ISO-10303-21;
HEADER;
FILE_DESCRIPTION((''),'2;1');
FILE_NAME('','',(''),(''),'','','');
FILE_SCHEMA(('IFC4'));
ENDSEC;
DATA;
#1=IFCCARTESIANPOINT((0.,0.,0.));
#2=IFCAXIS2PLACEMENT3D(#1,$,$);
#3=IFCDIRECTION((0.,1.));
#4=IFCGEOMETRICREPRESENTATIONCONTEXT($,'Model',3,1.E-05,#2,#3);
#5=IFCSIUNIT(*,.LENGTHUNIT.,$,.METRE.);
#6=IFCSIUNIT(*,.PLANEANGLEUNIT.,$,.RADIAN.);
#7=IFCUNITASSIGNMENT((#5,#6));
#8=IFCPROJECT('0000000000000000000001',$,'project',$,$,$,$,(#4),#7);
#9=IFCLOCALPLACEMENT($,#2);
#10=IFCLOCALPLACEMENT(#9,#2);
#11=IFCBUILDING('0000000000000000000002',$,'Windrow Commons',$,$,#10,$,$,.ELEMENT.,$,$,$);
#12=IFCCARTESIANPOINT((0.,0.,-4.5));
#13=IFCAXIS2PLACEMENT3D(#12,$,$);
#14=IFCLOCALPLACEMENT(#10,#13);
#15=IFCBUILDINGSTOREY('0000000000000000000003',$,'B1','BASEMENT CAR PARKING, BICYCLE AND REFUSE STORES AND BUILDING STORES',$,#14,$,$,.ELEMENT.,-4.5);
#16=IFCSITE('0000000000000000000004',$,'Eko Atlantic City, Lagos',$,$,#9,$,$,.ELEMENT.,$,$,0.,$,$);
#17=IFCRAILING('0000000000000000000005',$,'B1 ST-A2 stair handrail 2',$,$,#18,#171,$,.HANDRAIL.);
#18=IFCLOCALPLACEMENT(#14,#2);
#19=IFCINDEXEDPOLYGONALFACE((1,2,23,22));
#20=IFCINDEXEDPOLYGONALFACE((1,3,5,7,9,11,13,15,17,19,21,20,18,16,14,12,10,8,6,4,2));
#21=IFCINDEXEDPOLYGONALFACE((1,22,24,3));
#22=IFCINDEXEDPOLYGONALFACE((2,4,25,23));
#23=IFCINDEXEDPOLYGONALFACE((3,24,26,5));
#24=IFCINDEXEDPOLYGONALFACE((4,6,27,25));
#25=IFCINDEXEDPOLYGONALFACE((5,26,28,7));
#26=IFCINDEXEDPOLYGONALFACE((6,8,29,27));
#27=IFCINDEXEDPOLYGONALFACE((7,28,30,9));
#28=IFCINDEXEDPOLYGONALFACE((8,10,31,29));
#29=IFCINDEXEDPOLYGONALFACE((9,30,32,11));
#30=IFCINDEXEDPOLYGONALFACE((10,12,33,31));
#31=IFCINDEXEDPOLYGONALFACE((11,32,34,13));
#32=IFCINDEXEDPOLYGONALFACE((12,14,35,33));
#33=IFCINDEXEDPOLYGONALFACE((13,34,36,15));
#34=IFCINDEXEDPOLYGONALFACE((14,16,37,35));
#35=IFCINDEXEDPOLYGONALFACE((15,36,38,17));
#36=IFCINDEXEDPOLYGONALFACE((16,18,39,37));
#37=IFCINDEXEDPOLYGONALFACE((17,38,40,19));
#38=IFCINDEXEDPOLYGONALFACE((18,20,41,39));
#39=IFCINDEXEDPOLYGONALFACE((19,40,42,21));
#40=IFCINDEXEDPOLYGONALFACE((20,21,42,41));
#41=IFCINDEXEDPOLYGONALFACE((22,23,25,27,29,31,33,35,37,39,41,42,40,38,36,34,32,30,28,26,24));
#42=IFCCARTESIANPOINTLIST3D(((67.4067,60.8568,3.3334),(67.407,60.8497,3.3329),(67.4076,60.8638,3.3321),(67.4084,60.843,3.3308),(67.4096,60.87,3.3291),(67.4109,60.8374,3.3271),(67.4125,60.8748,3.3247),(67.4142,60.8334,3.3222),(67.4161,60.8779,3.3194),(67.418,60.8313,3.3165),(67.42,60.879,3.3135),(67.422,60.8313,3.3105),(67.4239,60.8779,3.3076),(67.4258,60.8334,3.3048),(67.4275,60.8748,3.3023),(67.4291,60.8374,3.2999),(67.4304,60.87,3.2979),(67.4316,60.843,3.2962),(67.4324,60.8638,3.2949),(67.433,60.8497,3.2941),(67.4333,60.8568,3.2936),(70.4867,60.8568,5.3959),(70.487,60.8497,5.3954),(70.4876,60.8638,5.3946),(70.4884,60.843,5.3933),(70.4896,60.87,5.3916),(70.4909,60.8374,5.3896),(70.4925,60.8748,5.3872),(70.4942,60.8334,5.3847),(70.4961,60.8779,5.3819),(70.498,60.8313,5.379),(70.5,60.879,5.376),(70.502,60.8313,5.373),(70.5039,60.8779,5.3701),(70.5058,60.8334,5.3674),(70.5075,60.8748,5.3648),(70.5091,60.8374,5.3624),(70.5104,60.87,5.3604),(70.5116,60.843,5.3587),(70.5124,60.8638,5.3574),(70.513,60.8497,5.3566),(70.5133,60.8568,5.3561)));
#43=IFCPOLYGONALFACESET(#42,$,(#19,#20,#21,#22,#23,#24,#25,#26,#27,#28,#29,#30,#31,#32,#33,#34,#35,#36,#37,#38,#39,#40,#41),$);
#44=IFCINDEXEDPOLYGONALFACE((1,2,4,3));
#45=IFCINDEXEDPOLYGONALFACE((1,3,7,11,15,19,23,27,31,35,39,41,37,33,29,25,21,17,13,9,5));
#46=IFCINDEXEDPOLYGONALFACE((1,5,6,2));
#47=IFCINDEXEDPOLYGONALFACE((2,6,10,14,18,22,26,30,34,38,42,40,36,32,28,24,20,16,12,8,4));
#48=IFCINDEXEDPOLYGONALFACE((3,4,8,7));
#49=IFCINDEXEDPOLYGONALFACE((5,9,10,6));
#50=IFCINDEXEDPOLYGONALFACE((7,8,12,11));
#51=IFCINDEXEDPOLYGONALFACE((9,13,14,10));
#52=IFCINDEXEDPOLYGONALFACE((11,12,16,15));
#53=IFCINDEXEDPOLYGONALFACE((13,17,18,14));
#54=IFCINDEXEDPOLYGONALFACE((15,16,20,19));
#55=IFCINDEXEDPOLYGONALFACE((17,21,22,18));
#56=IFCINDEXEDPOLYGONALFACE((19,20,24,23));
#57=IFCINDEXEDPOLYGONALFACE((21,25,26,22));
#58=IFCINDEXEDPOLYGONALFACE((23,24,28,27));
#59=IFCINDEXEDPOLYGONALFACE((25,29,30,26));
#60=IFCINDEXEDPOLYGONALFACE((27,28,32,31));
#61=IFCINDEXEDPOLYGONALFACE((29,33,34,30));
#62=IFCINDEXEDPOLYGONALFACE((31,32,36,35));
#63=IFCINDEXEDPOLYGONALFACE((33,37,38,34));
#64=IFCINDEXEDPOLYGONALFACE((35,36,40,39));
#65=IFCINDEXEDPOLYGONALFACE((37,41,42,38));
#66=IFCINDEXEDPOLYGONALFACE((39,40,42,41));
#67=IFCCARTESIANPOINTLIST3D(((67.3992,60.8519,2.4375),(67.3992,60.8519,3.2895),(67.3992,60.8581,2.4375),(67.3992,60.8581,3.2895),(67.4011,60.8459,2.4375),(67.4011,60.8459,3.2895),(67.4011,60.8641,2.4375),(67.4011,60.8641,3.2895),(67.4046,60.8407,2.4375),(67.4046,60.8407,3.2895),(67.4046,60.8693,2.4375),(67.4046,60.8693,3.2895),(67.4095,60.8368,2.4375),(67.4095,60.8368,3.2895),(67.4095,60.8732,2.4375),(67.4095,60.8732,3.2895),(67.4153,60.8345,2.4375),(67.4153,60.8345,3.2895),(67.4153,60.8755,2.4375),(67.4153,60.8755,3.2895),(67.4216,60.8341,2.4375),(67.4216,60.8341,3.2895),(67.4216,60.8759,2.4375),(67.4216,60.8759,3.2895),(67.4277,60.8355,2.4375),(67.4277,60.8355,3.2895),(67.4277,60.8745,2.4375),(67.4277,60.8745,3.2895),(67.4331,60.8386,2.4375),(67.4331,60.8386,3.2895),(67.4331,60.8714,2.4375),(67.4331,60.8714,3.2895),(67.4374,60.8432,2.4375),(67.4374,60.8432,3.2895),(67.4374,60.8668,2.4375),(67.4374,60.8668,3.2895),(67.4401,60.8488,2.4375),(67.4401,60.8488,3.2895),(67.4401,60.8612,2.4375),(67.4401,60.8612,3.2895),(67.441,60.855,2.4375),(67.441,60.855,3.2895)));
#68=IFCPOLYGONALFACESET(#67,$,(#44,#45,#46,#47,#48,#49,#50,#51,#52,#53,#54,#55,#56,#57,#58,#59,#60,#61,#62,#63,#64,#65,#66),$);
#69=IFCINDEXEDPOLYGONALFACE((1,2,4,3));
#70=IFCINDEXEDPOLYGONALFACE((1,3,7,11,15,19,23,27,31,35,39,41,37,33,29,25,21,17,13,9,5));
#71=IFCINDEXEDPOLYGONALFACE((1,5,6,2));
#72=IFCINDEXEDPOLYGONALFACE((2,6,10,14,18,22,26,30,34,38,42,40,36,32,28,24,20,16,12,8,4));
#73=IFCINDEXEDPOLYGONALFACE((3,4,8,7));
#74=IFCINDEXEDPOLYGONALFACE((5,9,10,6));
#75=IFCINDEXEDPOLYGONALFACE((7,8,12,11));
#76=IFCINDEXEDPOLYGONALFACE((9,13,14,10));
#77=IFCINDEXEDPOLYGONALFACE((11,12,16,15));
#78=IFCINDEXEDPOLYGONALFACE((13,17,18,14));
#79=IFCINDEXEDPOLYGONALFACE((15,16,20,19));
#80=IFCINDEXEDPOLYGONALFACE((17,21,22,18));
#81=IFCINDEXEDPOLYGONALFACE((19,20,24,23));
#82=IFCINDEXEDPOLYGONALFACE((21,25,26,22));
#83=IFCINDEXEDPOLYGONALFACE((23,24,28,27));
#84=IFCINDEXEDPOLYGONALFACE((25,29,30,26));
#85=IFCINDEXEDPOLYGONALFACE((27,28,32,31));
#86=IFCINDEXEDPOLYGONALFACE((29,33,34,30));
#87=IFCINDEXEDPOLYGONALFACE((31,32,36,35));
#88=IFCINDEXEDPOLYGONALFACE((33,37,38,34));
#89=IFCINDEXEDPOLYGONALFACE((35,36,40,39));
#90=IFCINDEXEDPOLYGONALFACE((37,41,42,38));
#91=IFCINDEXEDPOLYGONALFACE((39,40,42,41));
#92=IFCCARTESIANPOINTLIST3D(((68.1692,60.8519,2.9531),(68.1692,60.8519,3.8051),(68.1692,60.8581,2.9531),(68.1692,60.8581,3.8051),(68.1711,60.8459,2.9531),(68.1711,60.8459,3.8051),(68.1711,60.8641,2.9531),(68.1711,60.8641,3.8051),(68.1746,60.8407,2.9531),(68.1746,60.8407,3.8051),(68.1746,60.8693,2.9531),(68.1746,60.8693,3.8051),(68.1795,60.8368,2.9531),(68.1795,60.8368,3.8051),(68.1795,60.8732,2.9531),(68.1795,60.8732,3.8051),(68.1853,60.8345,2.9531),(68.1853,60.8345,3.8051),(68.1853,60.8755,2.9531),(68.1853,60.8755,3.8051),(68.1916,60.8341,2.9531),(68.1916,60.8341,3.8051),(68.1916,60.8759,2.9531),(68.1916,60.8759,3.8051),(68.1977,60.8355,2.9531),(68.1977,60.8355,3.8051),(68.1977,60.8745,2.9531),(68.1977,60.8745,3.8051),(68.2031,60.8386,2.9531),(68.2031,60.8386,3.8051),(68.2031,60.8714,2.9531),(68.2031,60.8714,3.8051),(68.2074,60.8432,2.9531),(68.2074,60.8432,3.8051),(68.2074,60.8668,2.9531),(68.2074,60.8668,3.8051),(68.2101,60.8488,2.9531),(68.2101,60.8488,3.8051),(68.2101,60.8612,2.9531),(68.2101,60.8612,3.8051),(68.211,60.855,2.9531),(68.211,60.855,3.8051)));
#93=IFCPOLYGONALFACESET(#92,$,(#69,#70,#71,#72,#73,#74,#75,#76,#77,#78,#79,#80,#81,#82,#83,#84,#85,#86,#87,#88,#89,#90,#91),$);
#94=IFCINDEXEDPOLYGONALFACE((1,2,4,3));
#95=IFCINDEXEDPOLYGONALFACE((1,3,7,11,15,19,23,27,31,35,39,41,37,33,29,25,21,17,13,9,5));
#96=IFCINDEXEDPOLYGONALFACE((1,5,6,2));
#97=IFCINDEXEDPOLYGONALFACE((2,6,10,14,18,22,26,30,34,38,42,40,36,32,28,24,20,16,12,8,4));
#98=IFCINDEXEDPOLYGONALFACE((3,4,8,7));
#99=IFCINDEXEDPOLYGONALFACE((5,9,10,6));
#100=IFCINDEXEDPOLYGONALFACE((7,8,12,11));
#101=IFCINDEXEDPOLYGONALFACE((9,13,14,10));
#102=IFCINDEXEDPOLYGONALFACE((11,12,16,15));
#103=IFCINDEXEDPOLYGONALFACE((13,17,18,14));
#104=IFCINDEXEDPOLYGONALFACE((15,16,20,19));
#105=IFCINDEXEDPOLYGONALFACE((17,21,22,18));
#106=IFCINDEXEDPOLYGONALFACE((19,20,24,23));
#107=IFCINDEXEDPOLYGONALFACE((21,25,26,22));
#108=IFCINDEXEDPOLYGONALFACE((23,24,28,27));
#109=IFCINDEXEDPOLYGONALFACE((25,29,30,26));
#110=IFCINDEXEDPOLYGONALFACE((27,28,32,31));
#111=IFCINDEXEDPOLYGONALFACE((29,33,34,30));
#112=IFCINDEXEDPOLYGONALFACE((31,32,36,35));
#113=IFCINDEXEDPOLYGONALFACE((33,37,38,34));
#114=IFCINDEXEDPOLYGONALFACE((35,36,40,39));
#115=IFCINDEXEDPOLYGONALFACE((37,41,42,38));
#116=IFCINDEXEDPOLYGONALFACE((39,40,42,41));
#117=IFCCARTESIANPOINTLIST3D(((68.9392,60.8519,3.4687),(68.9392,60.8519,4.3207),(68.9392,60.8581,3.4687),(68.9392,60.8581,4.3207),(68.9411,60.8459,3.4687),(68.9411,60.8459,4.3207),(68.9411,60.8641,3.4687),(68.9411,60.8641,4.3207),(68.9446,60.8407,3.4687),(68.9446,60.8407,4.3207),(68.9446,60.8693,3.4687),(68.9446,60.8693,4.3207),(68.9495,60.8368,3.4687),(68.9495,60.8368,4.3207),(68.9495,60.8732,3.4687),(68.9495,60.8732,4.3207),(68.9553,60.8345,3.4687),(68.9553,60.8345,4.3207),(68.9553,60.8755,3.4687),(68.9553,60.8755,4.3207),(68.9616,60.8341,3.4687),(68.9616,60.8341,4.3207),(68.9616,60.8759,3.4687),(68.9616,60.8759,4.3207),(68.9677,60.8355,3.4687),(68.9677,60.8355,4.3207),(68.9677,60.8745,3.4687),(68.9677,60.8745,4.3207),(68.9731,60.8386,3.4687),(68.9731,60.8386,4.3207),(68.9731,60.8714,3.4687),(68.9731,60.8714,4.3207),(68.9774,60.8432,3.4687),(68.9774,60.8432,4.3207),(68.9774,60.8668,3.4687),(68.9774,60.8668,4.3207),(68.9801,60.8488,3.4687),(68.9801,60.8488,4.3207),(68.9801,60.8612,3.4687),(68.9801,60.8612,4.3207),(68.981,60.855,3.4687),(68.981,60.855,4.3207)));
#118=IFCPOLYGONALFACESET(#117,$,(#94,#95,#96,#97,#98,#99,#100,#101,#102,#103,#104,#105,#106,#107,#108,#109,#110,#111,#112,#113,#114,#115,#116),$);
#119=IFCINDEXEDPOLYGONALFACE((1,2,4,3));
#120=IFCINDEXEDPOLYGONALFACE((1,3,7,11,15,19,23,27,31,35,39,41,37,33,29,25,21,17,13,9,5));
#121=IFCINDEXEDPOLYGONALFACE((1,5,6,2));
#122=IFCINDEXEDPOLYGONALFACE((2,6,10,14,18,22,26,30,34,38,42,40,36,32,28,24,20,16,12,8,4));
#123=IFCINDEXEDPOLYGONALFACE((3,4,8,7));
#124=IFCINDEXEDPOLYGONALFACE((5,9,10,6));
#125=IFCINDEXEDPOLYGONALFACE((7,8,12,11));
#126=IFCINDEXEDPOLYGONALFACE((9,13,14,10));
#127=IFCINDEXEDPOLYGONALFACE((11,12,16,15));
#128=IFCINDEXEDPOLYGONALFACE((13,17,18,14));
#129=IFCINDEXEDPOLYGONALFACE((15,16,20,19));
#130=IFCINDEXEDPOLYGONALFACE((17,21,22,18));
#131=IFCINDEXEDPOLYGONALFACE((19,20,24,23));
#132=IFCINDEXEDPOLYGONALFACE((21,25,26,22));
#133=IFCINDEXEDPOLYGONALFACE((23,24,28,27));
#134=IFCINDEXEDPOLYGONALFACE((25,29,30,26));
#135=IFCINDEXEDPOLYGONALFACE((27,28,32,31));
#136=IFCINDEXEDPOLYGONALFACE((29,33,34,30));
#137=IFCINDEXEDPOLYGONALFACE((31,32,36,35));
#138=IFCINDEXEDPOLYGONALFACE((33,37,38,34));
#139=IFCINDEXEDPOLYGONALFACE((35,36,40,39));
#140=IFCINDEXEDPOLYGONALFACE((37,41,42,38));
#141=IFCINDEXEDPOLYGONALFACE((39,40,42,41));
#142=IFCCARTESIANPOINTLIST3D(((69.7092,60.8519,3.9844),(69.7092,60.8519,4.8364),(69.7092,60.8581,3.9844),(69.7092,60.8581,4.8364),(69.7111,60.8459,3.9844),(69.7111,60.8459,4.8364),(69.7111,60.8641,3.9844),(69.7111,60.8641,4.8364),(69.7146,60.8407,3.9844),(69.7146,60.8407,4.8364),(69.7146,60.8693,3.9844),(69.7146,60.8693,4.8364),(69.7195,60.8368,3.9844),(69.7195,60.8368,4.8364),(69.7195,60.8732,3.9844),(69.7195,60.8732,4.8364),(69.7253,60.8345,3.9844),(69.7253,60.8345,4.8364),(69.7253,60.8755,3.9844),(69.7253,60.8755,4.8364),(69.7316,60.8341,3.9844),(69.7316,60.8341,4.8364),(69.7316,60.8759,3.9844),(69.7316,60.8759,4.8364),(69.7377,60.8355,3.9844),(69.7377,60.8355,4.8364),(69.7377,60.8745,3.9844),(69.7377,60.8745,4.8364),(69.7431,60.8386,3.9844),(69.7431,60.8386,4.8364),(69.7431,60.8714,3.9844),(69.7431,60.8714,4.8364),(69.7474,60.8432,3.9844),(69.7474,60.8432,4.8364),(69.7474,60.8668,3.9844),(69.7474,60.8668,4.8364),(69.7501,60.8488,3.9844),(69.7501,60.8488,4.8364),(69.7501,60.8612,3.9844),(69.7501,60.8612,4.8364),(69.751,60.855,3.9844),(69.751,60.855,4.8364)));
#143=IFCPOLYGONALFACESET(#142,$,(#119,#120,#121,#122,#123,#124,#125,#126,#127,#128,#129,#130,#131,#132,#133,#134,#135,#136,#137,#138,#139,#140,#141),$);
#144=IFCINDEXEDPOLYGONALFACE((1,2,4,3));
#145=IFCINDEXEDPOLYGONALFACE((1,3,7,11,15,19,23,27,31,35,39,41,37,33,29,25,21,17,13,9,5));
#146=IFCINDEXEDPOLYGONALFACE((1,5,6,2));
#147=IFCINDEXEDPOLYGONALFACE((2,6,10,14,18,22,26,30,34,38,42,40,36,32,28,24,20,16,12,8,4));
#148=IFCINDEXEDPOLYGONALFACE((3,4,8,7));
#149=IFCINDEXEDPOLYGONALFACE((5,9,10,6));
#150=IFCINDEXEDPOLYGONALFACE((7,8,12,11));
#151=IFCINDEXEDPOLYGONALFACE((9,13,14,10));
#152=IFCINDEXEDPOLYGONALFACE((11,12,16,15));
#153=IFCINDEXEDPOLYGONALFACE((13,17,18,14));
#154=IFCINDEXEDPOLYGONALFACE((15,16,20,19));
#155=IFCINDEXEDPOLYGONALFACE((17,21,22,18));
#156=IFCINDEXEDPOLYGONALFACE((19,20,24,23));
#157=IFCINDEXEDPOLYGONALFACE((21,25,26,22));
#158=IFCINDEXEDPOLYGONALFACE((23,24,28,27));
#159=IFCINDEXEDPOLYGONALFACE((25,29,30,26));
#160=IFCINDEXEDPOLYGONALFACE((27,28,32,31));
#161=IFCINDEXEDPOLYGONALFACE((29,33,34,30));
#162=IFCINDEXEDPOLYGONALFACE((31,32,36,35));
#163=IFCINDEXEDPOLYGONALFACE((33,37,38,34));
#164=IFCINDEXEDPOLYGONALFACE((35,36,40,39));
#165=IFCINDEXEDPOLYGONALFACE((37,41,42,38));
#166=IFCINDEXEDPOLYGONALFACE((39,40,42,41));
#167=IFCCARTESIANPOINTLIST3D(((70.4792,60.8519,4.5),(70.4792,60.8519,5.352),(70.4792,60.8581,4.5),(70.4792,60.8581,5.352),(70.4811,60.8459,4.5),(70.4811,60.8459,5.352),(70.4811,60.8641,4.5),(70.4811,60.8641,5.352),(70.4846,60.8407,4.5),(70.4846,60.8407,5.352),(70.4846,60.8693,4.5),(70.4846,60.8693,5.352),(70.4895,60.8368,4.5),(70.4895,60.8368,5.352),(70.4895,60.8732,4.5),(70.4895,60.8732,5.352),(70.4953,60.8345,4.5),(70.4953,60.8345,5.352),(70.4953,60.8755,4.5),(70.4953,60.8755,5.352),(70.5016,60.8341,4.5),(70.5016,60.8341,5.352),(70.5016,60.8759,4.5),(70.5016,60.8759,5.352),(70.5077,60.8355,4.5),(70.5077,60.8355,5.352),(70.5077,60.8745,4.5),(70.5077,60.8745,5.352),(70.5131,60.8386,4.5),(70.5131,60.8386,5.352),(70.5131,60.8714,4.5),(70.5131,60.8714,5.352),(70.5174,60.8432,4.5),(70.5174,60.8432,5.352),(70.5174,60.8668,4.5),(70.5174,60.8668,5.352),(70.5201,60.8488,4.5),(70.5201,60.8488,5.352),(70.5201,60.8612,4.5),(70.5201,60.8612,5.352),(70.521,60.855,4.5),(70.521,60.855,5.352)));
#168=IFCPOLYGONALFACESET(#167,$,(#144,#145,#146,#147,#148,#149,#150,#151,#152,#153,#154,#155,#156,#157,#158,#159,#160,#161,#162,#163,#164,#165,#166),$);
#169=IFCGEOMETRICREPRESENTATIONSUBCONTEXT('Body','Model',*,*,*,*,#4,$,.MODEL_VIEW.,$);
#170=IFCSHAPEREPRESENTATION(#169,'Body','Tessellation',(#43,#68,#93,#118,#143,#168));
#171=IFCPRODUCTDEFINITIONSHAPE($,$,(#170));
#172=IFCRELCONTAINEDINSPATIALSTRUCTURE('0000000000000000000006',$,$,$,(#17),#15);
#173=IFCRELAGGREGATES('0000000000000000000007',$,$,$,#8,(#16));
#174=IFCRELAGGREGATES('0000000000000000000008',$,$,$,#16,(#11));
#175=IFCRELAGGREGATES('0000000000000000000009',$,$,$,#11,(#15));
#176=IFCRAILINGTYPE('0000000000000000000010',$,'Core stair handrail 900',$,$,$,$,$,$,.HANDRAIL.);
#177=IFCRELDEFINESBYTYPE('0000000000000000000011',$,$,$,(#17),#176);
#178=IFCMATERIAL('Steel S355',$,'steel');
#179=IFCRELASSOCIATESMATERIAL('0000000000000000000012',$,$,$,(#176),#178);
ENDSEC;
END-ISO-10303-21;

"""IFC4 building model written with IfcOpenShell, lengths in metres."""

from ifc_helpers import new_model, si_unit, direction, frame, origin, origin_2d, place, context, subcontext, project, spatial, circle, extrude, material, type_object, element, save


model = new_model("IFC4")

# Units and contexts
model_context = context("Model", 3, precision=1e-05, world=origin(), true_north=direction((0.0, 1.0)))
body_context = subcontext(model_context, "Body", "Model", "MODEL_VIEW")
ifc_project = project(units=[si_unit("LENGTHUNIT", "METRE"), si_unit("PLANEANGLEUNIT", "RADIAN")], contexts=[model_context])

# Site, building, storey
site_placement = place(None, origin())
site = spatial("IfcSite", under=ifc_project, at=site_placement, Name="Eko Atlantic City, Lagos", CompositionType="ELEMENT", RefElevation=0.0)
building_placement = place(site_placement, origin())
building = spatial("IfcBuilding", under=site, at=building_placement, Name="Windrow Commons", CompositionType="ELEMENT")
storey_placement = place(building_placement, frame((0.0, 0.0, -4.5)))
storey = spatial("IfcBuildingStorey", under=building, at=storey_placement, Name="B1", Description="BASEMENT CAR PARKING, BICYCLE AND REFUSE STORES AND BUILDING STORES", CompositionType="ELEMENT", Elevation=-4.5)

# Railing
ifc_material_1 = material(Name="Steel S355", Category="steel")
railing_type_1 = type_object("IfcRailingType", Name="Core stair handrail 900", PredefinedType="HANDRAIL", material=ifc_material_1)
railing_1_placement = place(storey_placement, frame((67.42, 60.855, 2.4375)))
element("IfcRailing", 1, at=railing_1_placement, inside=storey, type_object=railing_type_1, Name="B1 ST-A2 stair handrail 2", PredefinedType="HANDRAIL", context=body_context, shape_type="SweptSolid", body=[
    extrude(circle(Radius=0.024, at=origin_2d()), frame((0.0, 0.0, 0.876), z_axis=(0.830907, 0.0, 0.556411), x_axis=(0.0, 1.0, 0.0)), (0.0, 0.0, 1.0), 3.7068),
    extrude(circle(Radius=0.021, at=origin_2d()), origin(), (0.0, 0.0, 1.0), 0.852),
    extrude(circle(Radius=0.021, at=origin_2d()), frame((0.77, 0.0, 0.5156)), (0.0, 0.0, 1.0), 0.852),
    extrude(circle(Radius=0.021, at=origin_2d()), frame((1.54, 0.0, 1.0312)), (0.0, 0.0, 1.0), 0.852),
    extrude(circle(Radius=0.021, at=origin_2d()), frame((2.31, 0.0, 1.5469)), (0.0, 0.0, 1.0), 0.852),
    extrude(circle(Radius=0.021, at=origin_2d()), frame((3.08, 0.0, 2.0625)), (0.0, 0.0, 1.0), 0.852),
])

save(model, "model.ifc")
